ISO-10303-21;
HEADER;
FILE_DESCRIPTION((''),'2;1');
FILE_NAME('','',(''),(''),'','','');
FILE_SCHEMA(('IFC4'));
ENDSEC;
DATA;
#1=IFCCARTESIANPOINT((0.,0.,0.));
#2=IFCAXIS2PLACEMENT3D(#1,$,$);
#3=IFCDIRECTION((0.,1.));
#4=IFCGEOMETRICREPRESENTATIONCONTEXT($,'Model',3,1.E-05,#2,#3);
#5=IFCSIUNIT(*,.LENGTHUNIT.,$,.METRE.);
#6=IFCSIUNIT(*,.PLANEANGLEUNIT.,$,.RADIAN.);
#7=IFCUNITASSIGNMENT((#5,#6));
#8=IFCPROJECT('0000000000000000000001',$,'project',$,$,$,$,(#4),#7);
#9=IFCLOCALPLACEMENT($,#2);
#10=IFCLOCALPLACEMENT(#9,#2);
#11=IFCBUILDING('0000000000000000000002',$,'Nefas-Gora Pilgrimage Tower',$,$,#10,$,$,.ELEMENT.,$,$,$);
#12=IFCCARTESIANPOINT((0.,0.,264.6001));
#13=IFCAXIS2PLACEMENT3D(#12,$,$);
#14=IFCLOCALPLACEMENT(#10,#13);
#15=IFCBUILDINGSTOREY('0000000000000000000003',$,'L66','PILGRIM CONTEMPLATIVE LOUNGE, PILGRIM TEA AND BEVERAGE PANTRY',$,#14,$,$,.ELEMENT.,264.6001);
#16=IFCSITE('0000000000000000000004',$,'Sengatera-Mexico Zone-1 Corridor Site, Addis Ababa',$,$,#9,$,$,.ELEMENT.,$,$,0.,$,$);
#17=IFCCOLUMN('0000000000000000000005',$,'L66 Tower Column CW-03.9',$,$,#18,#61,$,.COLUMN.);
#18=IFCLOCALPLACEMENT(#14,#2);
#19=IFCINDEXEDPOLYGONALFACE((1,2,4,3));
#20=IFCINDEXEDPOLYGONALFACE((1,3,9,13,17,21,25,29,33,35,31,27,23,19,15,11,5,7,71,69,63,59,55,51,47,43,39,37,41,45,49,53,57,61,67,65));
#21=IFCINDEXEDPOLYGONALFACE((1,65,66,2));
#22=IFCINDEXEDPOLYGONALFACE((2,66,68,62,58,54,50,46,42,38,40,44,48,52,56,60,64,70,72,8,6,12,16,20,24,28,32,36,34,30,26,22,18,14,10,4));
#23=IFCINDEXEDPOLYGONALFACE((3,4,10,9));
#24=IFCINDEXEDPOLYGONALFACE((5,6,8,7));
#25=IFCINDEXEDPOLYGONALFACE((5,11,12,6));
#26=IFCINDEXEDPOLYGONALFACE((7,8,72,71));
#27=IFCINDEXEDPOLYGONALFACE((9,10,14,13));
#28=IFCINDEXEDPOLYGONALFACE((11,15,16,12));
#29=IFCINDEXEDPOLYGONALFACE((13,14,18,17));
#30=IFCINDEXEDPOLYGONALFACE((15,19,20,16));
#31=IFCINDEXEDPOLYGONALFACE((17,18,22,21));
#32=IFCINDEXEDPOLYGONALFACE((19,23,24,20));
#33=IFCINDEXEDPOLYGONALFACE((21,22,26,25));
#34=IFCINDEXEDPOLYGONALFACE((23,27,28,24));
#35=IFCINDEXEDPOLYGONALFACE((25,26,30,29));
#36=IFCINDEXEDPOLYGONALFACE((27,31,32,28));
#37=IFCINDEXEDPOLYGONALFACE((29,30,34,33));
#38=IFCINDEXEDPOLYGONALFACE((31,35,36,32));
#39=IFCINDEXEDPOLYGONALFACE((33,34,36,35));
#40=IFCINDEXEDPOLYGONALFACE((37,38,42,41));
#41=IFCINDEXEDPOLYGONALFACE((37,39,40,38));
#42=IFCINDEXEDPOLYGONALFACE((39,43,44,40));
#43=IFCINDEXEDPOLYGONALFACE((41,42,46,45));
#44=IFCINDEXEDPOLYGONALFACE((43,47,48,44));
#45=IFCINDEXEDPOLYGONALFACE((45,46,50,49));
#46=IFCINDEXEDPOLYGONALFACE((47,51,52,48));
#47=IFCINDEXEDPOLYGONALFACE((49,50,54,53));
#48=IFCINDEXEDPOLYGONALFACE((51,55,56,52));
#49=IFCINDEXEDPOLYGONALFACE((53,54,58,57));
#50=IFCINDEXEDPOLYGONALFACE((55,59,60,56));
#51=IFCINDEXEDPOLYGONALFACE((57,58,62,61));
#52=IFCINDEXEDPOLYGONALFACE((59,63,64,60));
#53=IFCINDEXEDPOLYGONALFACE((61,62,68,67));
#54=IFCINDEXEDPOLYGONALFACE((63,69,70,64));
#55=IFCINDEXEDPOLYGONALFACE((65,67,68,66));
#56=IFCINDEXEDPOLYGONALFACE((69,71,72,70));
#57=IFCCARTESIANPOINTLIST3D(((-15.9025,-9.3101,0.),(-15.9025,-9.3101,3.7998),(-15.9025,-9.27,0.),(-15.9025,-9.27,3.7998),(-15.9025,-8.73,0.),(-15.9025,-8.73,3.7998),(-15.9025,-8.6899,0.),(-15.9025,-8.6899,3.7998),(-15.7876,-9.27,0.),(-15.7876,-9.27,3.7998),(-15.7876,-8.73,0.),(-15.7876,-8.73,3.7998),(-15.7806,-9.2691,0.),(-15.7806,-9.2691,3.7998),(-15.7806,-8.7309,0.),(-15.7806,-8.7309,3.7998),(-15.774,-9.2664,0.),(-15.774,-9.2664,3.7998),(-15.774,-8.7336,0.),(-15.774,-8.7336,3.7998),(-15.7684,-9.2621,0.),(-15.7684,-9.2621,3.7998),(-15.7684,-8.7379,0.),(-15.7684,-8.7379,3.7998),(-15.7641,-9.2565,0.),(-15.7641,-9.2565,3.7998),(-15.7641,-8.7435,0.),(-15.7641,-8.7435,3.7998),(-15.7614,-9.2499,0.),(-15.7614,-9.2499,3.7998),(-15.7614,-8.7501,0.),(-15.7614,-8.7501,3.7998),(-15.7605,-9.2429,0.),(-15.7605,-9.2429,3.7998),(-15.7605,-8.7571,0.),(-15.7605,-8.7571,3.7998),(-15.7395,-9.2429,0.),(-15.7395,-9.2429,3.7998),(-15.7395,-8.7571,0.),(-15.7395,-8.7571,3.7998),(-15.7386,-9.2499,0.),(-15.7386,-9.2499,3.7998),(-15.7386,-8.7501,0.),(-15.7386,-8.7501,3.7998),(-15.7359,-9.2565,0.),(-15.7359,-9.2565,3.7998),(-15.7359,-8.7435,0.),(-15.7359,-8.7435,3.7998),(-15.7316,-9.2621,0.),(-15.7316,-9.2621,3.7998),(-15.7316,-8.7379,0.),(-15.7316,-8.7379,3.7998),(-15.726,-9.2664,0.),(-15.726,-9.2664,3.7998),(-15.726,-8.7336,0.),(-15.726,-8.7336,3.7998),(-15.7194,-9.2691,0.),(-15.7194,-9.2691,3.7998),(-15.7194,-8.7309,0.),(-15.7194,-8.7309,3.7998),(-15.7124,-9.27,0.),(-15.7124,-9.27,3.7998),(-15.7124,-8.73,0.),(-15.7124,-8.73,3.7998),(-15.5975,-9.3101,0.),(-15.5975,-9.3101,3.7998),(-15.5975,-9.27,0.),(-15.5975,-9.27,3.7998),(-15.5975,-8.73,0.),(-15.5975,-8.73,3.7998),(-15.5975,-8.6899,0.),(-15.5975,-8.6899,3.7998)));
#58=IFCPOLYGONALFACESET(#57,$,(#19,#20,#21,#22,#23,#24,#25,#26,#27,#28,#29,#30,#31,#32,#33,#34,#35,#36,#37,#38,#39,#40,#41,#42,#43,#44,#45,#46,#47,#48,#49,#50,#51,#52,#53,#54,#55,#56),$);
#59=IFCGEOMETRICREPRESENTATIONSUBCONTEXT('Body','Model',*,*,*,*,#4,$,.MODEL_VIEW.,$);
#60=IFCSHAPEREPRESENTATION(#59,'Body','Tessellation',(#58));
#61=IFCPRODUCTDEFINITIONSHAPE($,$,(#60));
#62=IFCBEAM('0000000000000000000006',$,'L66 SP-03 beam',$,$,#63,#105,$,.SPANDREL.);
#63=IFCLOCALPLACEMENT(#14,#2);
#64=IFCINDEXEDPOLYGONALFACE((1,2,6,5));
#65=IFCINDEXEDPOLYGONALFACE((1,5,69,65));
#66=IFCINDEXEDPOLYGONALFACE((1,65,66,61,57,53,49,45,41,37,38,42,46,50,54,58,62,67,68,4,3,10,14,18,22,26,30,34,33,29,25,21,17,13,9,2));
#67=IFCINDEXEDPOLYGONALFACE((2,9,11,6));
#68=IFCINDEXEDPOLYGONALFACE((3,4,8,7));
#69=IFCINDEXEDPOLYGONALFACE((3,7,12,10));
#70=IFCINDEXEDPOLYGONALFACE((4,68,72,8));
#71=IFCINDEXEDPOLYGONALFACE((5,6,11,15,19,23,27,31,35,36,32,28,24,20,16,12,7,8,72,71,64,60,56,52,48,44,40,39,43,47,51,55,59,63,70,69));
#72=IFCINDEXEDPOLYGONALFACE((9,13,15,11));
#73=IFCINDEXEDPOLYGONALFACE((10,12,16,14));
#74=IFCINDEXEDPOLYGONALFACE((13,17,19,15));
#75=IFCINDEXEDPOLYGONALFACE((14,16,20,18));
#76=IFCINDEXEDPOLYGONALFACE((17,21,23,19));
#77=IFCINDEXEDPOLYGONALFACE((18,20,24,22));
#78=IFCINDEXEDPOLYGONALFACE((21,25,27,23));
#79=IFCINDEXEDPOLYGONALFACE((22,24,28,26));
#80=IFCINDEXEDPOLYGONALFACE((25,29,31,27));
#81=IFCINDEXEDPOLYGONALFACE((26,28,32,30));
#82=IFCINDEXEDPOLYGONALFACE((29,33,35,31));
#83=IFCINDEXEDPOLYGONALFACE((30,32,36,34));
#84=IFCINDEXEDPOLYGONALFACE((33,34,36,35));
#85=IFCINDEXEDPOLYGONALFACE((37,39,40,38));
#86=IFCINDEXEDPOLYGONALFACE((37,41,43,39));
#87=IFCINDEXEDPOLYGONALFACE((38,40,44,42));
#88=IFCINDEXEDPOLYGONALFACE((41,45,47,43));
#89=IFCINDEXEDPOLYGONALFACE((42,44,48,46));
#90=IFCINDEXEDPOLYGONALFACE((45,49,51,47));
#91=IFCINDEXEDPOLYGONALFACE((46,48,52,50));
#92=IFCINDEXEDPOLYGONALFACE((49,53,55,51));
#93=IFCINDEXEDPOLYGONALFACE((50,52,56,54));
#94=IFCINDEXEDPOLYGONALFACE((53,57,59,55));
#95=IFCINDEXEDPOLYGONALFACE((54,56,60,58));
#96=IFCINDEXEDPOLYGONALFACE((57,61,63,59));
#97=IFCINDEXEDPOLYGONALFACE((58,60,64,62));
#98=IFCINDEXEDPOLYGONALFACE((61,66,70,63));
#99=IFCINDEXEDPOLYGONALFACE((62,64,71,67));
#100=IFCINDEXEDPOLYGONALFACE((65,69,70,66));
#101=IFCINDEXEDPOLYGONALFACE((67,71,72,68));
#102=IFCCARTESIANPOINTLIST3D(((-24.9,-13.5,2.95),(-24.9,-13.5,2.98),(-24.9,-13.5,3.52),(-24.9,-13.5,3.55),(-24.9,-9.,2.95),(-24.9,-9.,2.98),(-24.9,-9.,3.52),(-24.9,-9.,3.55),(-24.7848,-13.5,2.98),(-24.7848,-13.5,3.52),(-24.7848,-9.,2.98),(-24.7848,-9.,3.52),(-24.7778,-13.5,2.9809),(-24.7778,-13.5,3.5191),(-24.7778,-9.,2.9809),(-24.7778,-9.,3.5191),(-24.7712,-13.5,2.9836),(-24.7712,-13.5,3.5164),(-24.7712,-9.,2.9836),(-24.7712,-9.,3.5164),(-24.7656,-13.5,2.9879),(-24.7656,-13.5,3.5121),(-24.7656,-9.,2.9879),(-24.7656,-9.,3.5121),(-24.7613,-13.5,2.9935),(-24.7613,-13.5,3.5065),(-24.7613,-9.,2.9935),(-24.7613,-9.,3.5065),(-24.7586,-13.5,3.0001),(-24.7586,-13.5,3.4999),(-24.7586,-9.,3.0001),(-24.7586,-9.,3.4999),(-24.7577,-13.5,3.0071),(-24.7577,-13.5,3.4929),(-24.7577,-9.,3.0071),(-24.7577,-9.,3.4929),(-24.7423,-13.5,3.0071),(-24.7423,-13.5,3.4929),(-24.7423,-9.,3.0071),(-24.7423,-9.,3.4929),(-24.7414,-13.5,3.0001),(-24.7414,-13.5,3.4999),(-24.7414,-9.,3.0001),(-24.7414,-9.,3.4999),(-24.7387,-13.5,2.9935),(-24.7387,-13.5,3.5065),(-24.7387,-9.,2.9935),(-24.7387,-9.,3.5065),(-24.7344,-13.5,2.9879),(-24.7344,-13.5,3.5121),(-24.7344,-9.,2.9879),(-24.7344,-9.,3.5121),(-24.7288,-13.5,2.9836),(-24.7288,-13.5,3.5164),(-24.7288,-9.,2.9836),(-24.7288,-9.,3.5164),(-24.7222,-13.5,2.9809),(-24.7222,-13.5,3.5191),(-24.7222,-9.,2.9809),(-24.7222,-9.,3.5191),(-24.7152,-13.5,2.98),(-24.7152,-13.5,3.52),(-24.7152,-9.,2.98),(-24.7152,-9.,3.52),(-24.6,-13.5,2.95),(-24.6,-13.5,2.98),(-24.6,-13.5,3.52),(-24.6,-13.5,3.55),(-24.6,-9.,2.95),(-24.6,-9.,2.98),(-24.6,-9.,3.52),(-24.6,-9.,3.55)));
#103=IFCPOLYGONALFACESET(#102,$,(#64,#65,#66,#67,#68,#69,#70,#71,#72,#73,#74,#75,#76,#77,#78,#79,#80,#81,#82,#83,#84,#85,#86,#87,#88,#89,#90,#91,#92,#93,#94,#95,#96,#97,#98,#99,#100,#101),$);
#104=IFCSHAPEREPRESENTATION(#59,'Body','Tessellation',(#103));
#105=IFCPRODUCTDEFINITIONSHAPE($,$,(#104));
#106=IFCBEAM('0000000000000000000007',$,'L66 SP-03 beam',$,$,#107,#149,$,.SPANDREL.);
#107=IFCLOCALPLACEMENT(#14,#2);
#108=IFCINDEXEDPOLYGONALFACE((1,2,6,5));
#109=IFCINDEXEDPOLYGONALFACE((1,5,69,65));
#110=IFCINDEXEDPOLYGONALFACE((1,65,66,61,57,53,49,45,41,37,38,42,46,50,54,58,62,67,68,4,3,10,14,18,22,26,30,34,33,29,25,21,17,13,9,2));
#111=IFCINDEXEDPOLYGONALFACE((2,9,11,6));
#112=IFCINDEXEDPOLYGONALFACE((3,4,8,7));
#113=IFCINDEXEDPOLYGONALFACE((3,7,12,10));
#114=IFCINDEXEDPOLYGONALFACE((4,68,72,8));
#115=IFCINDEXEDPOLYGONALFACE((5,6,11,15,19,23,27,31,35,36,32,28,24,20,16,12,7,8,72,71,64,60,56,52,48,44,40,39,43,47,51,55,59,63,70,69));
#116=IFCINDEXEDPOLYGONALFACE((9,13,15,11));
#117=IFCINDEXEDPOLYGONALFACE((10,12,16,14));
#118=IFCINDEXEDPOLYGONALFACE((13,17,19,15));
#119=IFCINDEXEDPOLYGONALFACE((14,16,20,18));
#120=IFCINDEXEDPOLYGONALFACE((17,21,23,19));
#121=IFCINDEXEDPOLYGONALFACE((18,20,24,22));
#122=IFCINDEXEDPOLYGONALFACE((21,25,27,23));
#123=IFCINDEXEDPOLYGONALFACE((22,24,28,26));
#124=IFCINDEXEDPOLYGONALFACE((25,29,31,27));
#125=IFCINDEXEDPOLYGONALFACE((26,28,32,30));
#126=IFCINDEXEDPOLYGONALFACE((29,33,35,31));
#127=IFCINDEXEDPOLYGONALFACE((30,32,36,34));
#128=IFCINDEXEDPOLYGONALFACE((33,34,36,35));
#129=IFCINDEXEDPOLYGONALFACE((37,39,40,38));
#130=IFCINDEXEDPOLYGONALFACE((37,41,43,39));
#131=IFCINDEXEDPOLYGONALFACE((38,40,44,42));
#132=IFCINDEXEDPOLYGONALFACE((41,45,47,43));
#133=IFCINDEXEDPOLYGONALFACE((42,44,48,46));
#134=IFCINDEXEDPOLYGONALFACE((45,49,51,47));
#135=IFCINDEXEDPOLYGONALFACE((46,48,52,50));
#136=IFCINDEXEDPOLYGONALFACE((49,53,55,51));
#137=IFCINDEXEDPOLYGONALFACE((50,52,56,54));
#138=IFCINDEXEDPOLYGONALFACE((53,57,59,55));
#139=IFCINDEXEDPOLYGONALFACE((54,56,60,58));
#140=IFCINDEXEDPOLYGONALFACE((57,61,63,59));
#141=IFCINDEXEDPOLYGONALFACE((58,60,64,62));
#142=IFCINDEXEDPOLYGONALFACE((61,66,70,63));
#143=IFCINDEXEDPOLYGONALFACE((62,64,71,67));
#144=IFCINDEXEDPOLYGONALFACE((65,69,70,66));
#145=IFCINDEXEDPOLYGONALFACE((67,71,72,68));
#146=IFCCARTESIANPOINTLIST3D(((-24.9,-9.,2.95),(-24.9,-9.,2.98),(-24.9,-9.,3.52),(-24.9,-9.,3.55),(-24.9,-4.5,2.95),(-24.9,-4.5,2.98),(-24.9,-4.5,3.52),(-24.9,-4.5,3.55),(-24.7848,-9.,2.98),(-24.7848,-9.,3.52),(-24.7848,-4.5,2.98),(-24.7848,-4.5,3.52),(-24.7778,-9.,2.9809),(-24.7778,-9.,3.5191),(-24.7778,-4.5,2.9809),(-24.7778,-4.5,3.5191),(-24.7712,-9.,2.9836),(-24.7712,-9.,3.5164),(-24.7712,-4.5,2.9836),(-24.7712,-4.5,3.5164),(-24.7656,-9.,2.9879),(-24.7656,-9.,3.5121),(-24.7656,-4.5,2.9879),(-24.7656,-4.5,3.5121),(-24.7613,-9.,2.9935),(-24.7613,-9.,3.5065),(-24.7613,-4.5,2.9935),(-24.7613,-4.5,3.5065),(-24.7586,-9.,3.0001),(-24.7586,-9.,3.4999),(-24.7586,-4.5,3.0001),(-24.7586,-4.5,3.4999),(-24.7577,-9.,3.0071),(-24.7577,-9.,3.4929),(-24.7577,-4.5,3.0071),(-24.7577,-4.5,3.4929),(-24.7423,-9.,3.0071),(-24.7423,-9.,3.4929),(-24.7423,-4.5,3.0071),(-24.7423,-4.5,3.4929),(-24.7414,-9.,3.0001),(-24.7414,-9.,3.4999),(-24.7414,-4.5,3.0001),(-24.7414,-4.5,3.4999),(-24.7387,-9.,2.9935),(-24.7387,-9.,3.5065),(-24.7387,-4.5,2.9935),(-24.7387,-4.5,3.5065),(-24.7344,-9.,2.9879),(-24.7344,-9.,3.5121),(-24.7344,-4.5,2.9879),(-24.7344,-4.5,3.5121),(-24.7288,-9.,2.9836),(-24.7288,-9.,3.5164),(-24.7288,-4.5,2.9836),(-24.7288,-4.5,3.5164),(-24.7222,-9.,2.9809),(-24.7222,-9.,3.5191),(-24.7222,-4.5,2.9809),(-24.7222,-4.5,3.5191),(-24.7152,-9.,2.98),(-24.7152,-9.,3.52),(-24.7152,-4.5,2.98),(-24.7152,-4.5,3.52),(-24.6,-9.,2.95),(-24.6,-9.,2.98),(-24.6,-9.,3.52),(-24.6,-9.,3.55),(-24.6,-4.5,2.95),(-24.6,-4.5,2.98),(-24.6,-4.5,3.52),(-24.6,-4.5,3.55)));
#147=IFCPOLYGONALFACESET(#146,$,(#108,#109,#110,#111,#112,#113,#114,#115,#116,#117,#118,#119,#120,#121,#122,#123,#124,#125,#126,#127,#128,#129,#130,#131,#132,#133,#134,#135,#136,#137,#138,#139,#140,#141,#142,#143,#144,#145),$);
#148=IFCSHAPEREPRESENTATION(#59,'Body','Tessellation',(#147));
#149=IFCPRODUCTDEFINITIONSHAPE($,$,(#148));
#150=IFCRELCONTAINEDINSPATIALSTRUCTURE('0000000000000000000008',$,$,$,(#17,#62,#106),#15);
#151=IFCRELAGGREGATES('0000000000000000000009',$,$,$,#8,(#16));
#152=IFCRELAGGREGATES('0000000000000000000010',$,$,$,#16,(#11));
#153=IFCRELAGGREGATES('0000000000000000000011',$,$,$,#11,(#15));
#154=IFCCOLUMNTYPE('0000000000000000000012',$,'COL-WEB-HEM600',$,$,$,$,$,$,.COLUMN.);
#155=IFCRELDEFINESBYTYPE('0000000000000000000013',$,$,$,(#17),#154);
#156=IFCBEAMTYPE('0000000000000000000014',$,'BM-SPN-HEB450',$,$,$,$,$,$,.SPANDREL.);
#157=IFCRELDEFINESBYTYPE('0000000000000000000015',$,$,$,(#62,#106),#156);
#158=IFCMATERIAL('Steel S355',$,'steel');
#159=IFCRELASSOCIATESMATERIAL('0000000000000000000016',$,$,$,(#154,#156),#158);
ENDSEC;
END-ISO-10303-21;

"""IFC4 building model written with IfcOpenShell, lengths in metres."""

from ifc_helpers import new_model, si_unit, direction, frame, origin, origin_2d, place, context, subcontext, project, spatial, i_section, extrude, source, transform, mapped, material, material_profile, profile_set, type_object, element, save


model = new_model("IFC4")

# Units and contexts
model_context = context("Model", 3, precision=1e-05, world=origin(), true_north=direction((0.0, 1.0)))
body_context = subcontext(model_context, "Body", "Model", "MODEL_VIEW")
ifc_project = project(units=[si_unit("LENGTHUNIT", "METRE"), si_unit("PLANEANGLEUNIT", "RADIAN")], contexts=[model_context])

# Site, building, storey
site_placement = place(None, origin())
site = spatial("IfcSite", under=ifc_project, at=site_placement, Name="Sengatera-Mexico Zone-1 Corridor Site, Addis Ababa", CompositionType="ELEMENT", RefElevation=0.0)
building_placement = place(site_placement, origin())
building = spatial("IfcBuilding", under=site, at=building_placement, Name="Nefas-Gora Pilgrimage Tower", CompositionType="ELEMENT")
storey_placement = place(building_placement, frame((0.0, 0.0, 264.6001)))
storey = spatial("IfcBuildingStorey", under=building, at=storey_placement, Name="L66", Description="PILGRIM CONTEMPLATIVE LOUNGE, PILGRIM TEA AND BEVERAGE PANTRY", CompositionType="ELEMENT", Elevation=264.6001)

# Column
ifc_material_1 = material(Name="Steel S355", Category="steel")
ifc_material_profile_1 = material_profile(ifc_material_1, i_section(OverallWidth=0.3049, OverallDepth=0.6201, WebThickness=0.021, FlangeThickness=0.04, FilletRadius=0.0271, at=origin_2d()), Name="HEM 600")
ifc_profile_set_1 = profile_set([ifc_material_profile_1], Name="Steel S355")
column_type_1 = type_object("IfcColumnType", Name="COL-WEB-HEM600", PredefinedType="COLUMN", material=ifc_profile_set_1)
shared_shape_1 = source(origin(), body_context, "Body", "SweptSolid", [
    extrude(i_section(OverallWidth=0.3049, OverallDepth=0.6201, WebThickness=0.021, FlangeThickness=0.04, FilletRadius=0.0271, at=origin_2d()), origin(), (0.0, 0.0, 1.0), 3.7998),
])
for number, where, z_axis, x_axis, name in (
    (1, (-15.75, -9.0, 0.0), (0.0, 0.0, 1.0), (1.0, 0.0, 0.0), "L66 Tower Column CW-03.9"),
):
    element("IfcColumn", number, at=place(storey_placement, frame(where, z_axis=z_axis, x_axis=x_axis)), inside=storey, type_object=column_type_1, Name=name, PredefinedType="COLUMN", context=body_context, shape_type="MappedRepresentation", body=[
        mapped(shared_shape_1, transform((0.0, 0.0, 0.0), x_axis=(1.0, 0.0, 0.0), y_axis=(0.0, 1.0, 0.0), z_axis=(0.0, 0.0, 1.0), scale=1.0)),
    ])

# Beams
ifc_material_profile_2 = material_profile(ifc_material_1, i_section(OverallWidth=0.3, OverallDepth=0.6001, WebThickness=0.0154, FlangeThickness=0.03, FilletRadius=0.0271, at=origin_2d()), Name="HEB 600")
ifc_profile_set_2 = profile_set([ifc_material_profile_2], Name="Steel S355")
beam_type_1 = type_object("IfcBeamType", Name="BM-SPN-HEB450", PredefinedType="SPANDREL", material=ifc_profile_set_2)
shared_shape_2 = source(origin(), body_context, "Body", "SweptSolid", [
    extrude(i_section(OverallWidth=0.3, OverallDepth=0.6001, WebThickness=0.0154, FlangeThickness=0.03, FilletRadius=0.0271, at=origin_2d()), origin(), (0.0, 0.0, 1.0), 4.5),
])
for number, where, z_axis, x_axis, name in (
    (2, (-24.75, -13.5, 3.25), (0.0, 1.0, 0.0), (-1.0, 0.0, 0.0), "L66 SP-03 beam"),
    (3, (-24.75, -9.0, 3.25), (0.0, 1.0, 0.0), (-1.0, 0.0, 0.0), "L66 SP-03 beam"),
):
    element("IfcBeam", number, at=place(storey_placement, frame(where, z_axis=z_axis, x_axis=x_axis)), inside=storey, type_object=beam_type_1, Name=name, PredefinedType="SPANDREL", context=body_context, shape_type="MappedRepresentation", body=[
        mapped(shared_shape_2, transform((0.0, 0.0, 0.0), x_axis=(1.0, 0.0, 0.0), y_axis=(0.0, 1.0, 0.0), z_axis=(0.0, 0.0, 1.0), scale=1.0)),
    ])

save(model, "model.ifc")
